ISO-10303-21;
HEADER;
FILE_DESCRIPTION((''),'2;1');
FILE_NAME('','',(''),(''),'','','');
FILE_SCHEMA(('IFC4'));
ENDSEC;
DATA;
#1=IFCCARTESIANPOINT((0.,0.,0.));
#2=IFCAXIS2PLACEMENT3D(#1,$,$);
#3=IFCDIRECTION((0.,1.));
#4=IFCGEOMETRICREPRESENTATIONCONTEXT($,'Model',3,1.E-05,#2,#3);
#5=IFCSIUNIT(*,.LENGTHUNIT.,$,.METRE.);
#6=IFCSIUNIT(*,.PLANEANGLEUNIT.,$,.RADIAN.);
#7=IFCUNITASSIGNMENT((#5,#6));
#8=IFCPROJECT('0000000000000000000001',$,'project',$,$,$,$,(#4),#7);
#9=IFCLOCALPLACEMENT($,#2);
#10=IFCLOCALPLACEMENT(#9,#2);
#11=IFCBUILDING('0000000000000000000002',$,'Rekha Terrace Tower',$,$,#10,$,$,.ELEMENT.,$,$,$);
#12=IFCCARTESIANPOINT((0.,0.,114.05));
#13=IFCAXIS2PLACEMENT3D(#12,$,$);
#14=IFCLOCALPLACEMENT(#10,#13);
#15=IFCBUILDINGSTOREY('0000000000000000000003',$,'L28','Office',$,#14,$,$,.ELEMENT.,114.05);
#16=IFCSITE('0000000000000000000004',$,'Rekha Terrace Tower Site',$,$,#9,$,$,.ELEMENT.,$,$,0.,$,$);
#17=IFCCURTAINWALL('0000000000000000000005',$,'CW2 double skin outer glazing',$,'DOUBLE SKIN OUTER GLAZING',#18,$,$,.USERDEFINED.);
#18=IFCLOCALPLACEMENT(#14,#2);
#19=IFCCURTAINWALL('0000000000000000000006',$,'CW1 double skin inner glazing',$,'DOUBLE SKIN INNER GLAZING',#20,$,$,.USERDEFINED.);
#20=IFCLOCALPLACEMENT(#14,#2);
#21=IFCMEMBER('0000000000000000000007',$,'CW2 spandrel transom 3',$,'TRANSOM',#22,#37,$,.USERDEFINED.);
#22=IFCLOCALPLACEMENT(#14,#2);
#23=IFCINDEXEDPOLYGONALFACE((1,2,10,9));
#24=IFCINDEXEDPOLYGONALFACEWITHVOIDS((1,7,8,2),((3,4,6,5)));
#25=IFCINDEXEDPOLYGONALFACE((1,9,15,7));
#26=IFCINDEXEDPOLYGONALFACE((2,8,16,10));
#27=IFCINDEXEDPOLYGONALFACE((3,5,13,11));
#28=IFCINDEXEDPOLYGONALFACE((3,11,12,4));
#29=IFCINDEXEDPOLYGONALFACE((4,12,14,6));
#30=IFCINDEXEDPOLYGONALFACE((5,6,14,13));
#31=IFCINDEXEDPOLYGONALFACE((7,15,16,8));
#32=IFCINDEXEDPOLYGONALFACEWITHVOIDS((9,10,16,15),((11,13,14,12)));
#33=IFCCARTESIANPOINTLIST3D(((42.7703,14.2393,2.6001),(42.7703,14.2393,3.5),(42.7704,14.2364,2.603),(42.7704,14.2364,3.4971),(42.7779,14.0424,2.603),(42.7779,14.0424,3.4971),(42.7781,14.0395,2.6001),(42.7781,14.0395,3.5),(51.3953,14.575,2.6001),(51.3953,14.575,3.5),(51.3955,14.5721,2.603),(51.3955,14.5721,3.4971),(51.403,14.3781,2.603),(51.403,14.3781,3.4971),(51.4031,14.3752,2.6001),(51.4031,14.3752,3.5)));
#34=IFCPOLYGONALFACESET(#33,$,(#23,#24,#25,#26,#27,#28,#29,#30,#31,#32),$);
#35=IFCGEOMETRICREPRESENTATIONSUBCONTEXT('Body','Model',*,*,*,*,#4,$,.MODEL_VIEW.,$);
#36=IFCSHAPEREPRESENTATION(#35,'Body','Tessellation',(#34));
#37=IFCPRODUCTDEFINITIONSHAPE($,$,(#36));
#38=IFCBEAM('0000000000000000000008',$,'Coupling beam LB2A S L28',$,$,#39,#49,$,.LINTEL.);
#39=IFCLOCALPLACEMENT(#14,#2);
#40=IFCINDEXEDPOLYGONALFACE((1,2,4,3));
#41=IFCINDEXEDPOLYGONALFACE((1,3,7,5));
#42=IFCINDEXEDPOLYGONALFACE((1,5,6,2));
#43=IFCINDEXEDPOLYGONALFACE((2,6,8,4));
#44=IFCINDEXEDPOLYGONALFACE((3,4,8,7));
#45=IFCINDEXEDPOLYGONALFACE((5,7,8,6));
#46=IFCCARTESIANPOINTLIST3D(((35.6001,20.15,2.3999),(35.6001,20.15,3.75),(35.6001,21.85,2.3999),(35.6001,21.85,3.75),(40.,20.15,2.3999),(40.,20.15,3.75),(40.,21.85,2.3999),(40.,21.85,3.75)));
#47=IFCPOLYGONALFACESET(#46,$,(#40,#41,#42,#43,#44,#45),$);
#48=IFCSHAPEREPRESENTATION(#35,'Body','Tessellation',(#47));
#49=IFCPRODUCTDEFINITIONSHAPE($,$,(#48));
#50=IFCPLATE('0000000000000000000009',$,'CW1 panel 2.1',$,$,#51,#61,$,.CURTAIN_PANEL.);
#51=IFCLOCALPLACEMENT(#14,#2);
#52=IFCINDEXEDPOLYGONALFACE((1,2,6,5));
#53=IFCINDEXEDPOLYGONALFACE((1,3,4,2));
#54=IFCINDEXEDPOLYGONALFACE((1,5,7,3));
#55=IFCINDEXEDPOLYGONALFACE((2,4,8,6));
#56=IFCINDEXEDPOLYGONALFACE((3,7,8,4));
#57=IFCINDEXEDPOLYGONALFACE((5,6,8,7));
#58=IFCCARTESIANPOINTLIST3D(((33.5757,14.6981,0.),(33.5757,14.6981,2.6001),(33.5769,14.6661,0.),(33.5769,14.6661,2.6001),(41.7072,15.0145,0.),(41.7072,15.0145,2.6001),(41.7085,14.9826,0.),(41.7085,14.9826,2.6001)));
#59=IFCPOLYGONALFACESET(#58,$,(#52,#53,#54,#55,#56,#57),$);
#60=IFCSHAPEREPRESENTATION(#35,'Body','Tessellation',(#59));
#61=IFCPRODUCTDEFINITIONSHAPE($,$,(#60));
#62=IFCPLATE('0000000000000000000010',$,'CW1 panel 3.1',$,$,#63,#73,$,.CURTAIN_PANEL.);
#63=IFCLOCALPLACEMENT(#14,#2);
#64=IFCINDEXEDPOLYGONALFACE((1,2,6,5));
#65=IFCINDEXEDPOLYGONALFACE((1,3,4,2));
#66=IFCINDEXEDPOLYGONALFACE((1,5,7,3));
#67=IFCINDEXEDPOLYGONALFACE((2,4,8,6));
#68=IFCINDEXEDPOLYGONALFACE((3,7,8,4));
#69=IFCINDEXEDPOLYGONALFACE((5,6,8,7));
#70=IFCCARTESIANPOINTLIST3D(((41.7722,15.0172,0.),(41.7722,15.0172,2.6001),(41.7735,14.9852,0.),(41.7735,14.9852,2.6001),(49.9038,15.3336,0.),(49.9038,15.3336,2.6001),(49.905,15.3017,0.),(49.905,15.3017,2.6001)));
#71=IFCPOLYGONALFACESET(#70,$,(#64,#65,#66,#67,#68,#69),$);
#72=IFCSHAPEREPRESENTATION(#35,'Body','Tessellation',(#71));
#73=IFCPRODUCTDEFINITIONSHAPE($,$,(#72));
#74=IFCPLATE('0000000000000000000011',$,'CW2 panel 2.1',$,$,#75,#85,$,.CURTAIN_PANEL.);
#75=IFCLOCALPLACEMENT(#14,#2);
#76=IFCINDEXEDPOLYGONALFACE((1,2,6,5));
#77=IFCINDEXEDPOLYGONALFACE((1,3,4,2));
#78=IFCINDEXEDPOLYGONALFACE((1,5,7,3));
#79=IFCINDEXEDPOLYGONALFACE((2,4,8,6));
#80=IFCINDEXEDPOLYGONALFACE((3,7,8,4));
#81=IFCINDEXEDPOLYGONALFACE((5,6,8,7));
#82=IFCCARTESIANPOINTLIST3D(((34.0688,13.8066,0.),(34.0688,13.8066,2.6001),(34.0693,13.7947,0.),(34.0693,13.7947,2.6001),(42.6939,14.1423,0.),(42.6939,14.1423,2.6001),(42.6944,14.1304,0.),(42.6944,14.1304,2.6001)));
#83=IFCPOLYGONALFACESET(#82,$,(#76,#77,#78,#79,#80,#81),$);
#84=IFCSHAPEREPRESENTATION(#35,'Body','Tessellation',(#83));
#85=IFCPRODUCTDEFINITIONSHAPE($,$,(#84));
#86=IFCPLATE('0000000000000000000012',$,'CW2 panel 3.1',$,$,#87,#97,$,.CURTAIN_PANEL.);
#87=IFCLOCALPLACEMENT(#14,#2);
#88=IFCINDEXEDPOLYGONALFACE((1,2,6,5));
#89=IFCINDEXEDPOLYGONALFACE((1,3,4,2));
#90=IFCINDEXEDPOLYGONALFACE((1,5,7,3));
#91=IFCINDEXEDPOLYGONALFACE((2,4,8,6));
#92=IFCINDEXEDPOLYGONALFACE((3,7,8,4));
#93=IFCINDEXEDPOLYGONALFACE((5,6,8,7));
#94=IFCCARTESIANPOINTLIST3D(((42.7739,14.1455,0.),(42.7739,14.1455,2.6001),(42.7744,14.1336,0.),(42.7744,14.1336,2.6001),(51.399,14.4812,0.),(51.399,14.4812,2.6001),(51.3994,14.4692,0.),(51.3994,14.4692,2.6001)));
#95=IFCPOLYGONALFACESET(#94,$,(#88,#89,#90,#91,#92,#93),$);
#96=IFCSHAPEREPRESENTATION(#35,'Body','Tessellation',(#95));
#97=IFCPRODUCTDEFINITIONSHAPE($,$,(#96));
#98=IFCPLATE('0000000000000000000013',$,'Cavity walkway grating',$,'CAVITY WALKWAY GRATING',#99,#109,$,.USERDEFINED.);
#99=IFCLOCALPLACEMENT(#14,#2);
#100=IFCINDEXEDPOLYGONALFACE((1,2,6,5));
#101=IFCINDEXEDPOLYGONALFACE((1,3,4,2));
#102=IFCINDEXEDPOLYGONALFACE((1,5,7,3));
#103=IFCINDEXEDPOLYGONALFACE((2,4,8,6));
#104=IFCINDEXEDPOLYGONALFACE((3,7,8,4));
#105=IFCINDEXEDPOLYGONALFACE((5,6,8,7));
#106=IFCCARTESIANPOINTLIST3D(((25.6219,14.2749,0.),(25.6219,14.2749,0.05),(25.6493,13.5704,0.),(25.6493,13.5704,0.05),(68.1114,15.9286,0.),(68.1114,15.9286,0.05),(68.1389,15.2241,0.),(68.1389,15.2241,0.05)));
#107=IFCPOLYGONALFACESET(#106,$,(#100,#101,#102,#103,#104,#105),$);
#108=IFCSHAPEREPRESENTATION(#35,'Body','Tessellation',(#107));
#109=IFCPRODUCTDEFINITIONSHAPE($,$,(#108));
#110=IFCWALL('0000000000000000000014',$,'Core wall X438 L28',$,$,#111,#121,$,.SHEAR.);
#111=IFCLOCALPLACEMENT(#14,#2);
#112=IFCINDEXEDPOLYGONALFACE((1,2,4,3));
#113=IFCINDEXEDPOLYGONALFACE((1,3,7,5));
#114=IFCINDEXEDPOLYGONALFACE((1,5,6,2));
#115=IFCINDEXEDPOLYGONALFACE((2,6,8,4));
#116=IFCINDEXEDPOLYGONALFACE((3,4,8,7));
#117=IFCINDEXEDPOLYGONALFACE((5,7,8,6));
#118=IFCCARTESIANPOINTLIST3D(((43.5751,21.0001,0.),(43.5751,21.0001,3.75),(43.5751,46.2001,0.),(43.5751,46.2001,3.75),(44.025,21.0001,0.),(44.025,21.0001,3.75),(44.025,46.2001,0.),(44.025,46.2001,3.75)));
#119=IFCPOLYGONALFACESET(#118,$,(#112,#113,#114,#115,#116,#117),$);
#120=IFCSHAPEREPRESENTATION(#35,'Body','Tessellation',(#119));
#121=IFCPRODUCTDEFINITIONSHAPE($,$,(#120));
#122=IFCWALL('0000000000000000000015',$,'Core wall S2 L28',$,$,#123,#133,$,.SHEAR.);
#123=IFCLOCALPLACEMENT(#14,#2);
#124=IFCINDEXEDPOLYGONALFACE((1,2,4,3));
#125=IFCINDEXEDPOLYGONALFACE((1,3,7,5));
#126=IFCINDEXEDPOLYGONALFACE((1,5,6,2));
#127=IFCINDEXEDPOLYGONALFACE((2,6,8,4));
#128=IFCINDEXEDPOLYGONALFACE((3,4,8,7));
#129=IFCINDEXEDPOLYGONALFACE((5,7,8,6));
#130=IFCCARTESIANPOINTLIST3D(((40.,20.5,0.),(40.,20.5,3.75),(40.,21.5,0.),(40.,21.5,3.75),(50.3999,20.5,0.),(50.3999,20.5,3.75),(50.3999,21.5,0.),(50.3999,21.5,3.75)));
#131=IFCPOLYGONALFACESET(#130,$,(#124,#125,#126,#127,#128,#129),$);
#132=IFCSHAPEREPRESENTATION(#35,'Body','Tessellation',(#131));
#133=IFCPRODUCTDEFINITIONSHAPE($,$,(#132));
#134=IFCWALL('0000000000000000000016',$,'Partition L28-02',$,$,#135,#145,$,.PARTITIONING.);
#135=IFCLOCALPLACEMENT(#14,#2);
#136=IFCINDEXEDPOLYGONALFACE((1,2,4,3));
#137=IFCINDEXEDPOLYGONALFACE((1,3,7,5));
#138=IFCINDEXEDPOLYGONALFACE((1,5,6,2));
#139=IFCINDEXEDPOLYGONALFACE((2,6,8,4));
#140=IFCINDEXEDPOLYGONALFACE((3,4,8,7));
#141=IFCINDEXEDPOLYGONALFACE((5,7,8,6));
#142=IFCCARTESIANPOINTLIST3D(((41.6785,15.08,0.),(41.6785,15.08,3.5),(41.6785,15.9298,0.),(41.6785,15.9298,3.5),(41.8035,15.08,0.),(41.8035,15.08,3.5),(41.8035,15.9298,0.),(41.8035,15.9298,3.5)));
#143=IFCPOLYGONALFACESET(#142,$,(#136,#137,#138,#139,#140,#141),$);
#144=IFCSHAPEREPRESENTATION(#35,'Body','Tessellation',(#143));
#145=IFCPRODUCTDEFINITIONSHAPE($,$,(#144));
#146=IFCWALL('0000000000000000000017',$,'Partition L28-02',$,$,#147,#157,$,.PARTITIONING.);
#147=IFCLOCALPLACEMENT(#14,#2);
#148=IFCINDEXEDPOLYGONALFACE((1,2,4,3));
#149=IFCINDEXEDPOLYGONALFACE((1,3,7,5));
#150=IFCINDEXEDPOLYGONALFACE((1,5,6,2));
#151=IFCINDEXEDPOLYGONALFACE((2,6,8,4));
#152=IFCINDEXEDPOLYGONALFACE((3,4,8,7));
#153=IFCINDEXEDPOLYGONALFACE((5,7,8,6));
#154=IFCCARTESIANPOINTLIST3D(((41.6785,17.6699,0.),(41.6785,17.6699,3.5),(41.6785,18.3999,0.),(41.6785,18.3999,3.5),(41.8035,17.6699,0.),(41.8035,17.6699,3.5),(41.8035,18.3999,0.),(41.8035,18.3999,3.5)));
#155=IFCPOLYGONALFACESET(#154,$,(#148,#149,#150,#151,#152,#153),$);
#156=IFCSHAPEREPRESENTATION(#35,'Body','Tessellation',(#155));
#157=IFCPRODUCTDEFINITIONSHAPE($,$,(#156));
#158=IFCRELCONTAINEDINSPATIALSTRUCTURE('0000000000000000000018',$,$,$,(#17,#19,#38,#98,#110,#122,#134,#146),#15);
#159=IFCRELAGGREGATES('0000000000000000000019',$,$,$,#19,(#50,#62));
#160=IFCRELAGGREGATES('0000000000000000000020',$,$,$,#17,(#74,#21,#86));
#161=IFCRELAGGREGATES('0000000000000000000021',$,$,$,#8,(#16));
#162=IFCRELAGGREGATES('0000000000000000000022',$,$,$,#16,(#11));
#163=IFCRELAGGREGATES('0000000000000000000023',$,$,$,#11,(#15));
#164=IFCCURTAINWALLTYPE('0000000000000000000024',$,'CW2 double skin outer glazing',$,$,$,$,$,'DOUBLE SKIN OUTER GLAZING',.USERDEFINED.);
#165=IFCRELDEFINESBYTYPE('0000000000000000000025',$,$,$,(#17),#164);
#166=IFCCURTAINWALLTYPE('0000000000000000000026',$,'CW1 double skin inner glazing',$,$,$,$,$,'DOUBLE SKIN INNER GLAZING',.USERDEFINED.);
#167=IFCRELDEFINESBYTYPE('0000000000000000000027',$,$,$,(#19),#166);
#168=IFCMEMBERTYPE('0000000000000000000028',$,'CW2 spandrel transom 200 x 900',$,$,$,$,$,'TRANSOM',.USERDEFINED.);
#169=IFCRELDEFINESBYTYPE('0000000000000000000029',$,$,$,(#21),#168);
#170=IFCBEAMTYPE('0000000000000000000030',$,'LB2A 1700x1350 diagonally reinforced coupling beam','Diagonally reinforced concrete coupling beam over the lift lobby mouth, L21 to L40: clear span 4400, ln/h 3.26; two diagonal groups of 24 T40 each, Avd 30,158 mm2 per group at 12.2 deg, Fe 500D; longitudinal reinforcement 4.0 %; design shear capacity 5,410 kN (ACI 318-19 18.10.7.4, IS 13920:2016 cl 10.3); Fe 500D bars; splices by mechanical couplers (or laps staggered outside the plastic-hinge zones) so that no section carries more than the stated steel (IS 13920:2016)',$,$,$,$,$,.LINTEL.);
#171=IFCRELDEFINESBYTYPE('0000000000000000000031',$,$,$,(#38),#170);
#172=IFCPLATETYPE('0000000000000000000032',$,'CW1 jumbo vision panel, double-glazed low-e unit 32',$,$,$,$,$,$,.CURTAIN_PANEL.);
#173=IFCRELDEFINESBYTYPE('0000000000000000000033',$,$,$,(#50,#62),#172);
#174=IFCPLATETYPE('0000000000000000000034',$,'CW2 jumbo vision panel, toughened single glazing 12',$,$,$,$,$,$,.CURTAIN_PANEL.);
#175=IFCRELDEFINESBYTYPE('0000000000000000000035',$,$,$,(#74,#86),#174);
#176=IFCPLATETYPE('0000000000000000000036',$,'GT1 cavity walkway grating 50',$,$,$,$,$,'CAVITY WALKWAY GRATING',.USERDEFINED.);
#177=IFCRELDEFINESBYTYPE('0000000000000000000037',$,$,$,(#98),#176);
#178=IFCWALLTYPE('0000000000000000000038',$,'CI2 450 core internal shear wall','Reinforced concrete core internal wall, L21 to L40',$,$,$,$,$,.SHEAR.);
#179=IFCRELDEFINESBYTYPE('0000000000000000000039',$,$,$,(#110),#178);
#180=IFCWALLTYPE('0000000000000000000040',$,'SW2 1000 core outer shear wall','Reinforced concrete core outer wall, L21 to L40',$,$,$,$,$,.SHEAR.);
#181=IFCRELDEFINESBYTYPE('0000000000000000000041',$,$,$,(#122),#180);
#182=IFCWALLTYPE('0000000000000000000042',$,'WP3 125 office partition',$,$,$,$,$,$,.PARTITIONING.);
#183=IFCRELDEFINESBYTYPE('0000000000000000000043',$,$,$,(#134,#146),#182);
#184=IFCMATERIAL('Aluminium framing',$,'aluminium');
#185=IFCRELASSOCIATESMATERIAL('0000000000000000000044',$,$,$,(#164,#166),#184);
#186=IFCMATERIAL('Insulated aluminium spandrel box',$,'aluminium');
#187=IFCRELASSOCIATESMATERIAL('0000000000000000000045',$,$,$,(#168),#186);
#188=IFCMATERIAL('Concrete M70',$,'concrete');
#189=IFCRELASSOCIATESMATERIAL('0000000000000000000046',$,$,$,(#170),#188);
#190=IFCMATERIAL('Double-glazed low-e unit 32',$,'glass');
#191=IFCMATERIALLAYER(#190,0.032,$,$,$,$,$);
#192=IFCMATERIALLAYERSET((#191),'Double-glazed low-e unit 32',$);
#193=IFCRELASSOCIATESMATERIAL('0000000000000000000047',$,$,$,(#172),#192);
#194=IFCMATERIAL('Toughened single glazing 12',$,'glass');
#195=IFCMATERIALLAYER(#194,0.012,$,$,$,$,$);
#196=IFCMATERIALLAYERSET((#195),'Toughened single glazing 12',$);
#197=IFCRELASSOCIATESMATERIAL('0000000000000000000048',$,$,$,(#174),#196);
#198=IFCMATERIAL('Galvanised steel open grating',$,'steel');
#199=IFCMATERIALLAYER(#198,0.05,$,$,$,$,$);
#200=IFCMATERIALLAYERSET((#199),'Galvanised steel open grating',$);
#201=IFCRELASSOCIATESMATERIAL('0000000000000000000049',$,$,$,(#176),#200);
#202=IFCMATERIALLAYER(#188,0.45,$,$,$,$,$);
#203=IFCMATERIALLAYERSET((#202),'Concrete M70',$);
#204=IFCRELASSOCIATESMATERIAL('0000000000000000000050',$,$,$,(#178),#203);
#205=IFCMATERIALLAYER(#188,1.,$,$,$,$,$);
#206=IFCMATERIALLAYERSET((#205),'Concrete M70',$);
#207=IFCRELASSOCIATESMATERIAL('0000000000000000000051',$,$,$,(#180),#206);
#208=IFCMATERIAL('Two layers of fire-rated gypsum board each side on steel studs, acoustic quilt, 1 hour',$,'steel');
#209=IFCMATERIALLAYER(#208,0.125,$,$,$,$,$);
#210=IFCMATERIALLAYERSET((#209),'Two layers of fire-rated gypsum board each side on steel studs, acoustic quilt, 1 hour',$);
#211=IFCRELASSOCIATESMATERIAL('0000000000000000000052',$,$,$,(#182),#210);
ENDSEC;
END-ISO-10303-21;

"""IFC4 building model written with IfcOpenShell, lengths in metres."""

from ifc_helpers import new_model, si_unit, direction, frame, frame_2d, origin, origin_2d, place, context, subcontext, project, spatial, rectangle, hollow_rectangle, extrude, material, layer, layer_set, material_profile, profile_set, type_object, element, aggregate, save


model = new_model("IFC4")

# Units and contexts
model_context = context("Model", 3, precision=1e-05, world=origin(), true_north=direction((0.0, 1.0)))
body_context = subcontext(model_context, "Body", "Model", "MODEL_VIEW")
ifc_project = project(units=[si_unit("LENGTHUNIT", "METRE"), si_unit("PLANEANGLEUNIT", "RADIAN")], contexts=[model_context])

# Site, building, storey
site_placement = place(None, origin())
site = spatial("IfcSite", under=ifc_project, at=site_placement, Name="Rekha Terrace Tower Site", CompositionType="ELEMENT", RefElevation=0.0)
building_placement = place(site_placement, origin())
building = spatial("IfcBuilding", under=site, at=building_placement, Name="Rekha Terrace Tower", CompositionType="ELEMENT")
storey_placement = place(building_placement, frame((0.0, 0.0, 114.05)))
storey = spatial("IfcBuildingStorey", under=building, at=storey_placement, Name="L28", Description="Office", CompositionType="ELEMENT", Elevation=114.05)

# Shared definitions
ifc_material_1 = material(Name="Concrete M70", Category="concrete")

# Curtain walls
ifc_material_2 = material(Name="Aluminium framing", Category="aluminium")
curtain_wall_type_1 = type_object("IfcCurtainWallType", Name="CW2 double skin outer glazing", ElementType="DOUBLE SKIN OUTER GLAZING", PredefinedType="USERDEFINED", material=ifc_material_2)
curtain_wall_1_placement = place(storey_placement, origin())
curtain_wall_1 = element("IfcCurtainWall", 1, at=curtain_wall_1_placement, inside=storey, type_object=curtain_wall_type_1, Name="CW2 double skin outer glazing", ObjectType="DOUBLE SKIN OUTER GLAZING", PredefinedType="USERDEFINED")
curtain_wall_type_2 = type_object("IfcCurtainWallType", Name="CW1 double skin inner glazing", ElementType="DOUBLE SKIN INNER GLAZING", PredefinedType="USERDEFINED", material=ifc_material_2)
curtain_wall_2_placement = place(storey_placement, origin())
curtain_wall_2 = element("IfcCurtainWall", 2, at=curtain_wall_2_placement, inside=storey, type_object=curtain_wall_type_2, Name="CW1 double skin inner glazing", ObjectType="DOUBLE SKIN INNER GLAZING", PredefinedType="USERDEFINED")
ifc_material_3 = material(Name="Insulated aluminium spandrel box", Category="aluminium")

# Member
ifc_material_profile_1 = material_profile(ifc_material_3, hollow_rectangle(XDim=0.2, YDim=0.8999, WallThickness=0.0029, at=origin_2d()), Name="AL SPANDREL BOX 200x900")
ifc_profile_set_1 = profile_set([ifc_material_profile_1], Name="Insulated aluminium spandrel box")
member_type_1 = type_object("IfcMemberType", Name="CW2 spandrel transom 200 x 900", ElementType="TRANSOM", PredefinedType="USERDEFINED", material=ifc_profile_set_1)
member_1_placement = place(storey_placement, frame((42.7742, 14.1394, 3.05), z_axis=(0.999243, 0.038892, 0.0), x_axis=(-0.038892, 0.999243, 0.0)))
member_1 = element("IfcMember", 3, at=member_1_placement, type_object=member_type_1, Name="CW2 spandrel transom 3", ObjectType="TRANSOM", PredefinedType="USERDEFINED", context=body_context, shape_type="SweptSolid", body=[
    extrude(hollow_rectangle(XDim=0.2, YDim=0.8999, WallThickness=0.0029, at=origin_2d()), origin(), (0.0, 0.0, 1.0), 8.6316),
])

# Beam
ifc_material_profile_2 = material_profile(ifc_material_1, rectangle(XDim=1.7, YDim=1.3501, at=origin_2d()), Name="RC 1700x1350")
ifc_profile_set_2 = profile_set([ifc_material_profile_2], Name="Concrete M70")
beam_type = type_object("IfcBeamType", Name="LB2A 1700x1350 diagonally reinforced coupling beam", Description="Diagonally reinforced concrete coupling beam over the lift lobby mouth, L21 to L40: clear span 4400, ln/h 3.26; two diagonal groups of 24 T40 each, Avd 30,158 mm2 per group at 12.2 deg, Fe 500D; longitudinal reinforcement 4.0 %; design shear capacity 5,410 kN (ACI 318-19 18.10.7.4, IS 13920:2016 cl 10.3); Fe 500D bars; splices by mechanical couplers (or laps staggered outside the plastic-hinge zones) so that no section carries more than the stated steel (IS 13920:2016)", PredefinedType="LINTEL", material=ifc_profile_set_2)
beam_placement = place(storey_placement, frame((35.6001, 21.0, 3.075), z_axis=(1.0, 0.0, 0.0), x_axis=(0.0, 1.0, 0.0)))
element("IfcBeam", 4, at=beam_placement, inside=storey, type_object=beam_type, Name="Coupling beam LB2A S L28", PredefinedType="LINTEL", context=body_context, shape_type="SweptSolid", body=[
    extrude(rectangle(XDim=1.7, YDim=1.3501, at=origin_2d()), origin(), (0.0, 0.0, 1.0), 4.3999),
])

# Plates
ifc_material_4 = material(Name="Double-glazed low-e unit 32", Category="glass")
ifc_layer_1 = layer(ifc_material_4, 0.032)
ifc_layer_set_1 = layer_set([ifc_layer_1], Name="Double-glazed low-e unit 32")
plate_type_1 = type_object("IfcPlateType", Name="CW1 jumbo vision panel, double-glazed low-e unit 32", PredefinedType="CURTAIN_PANEL", material=ifc_layer_set_1)
plate_1_placement = place(storey_placement, frame((37.6421, 14.8403, 0.0), z_axis=(0.0, 0.0, 1.0), x_axis=(0.999243, 0.03889, 0.0)))
plate_1 = element("IfcPlate", 5, at=plate_1_placement, type_object=plate_type_1, Name="CW1 panel 2.1", PredefinedType="CURTAIN_PANEL", context=body_context, shape_type="SweptSolid", body=[
    extrude(rectangle(XDim=8.1377, YDim=0.032, at=origin_2d()), origin(), (0.0, 0.0, 1.0), 2.6001),
])
plate_2_placement = place(storey_placement, frame((45.8386, 15.1594, 0.0), z_axis=(0.0, 0.0, 1.0), x_axis=(0.999243, 0.03889, 0.0)))
plate_2 = element("IfcPlate", 6, at=plate_2_placement, type_object=plate_type_1, Name="CW1 panel 3.1", PredefinedType="CURTAIN_PANEL", context=body_context, shape_type="SweptSolid", body=[
    extrude(rectangle(XDim=8.1377, YDim=0.032, at=origin_2d()), origin(), (0.0, 0.0, 1.0), 2.6001),
])
aggregate(curtain_wall_2, [plate_1, plate_2])
ifc_material_5 = material(Name="Toughened single glazing 12", Category="glass")
ifc_layer_2 = layer(ifc_material_5, 0.012)
ifc_layer_set_2 = layer_set([ifc_layer_2], Name="Toughened single glazing 12")
plate_type_2 = type_object("IfcPlateType", Name="CW2 jumbo vision panel, toughened single glazing 12", PredefinedType="CURTAIN_PANEL", material=ifc_layer_set_2)
plate_3_placement = place(storey_placement, frame((38.3816, 13.9685, 0.0), z_axis=(0.0, 0.0, 1.0), x_axis=(0.999243, 0.03889, 0.0)))
plate_3 = element("IfcPlate", 7, at=plate_3_placement, type_object=plate_type_2, Name="CW2 panel 2.1", PredefinedType="CURTAIN_PANEL", context=body_context, shape_type="SweptSolid", body=[
    extrude(rectangle(XDim=8.6316, YDim=0.012, at=origin_2d()), origin(), (0.0, 0.0, 1.0), 2.6001),
])
plate_4_placement = place(storey_placement, frame((47.0867, 14.3074, 0.0), z_axis=(0.0, 0.0, 1.0), x_axis=(0.999243, 0.03889, 0.0)))
plate_4 = element("IfcPlate", 8, at=plate_4_placement, type_object=plate_type_2, Name="CW2 panel 3.1", PredefinedType="CURTAIN_PANEL", context=body_context, shape_type="SweptSolid", body=[
    extrude(rectangle(XDim=8.6316, YDim=0.012, at=origin_2d()), origin(), (0.0, 0.0, 1.0), 2.6001),
])
aggregate(curtain_wall_1, [plate_3, member_1, plate_4])
ifc_material_6 = material(Name="Galvanised steel open grating", Category="steel")
ifc_layer_3 = layer(ifc_material_6, 0.05)
ifc_layer_set_3 = layer_set([ifc_layer_3], Name="Galvanised steel open grating")
plate_type_3 = type_object("IfcPlateType", Name="GT1 cavity walkway grating 50", ElementType="CAVITY WALKWAY GRATING", PredefinedType="USERDEFINED", material=ifc_layer_set_3)
plate_5_placement = place(storey_placement, frame((46.8804, 14.7495, 0.0), z_axis=(0.0, 0.0, 1.0), x_axis=(0.999243, 0.03889, 0.0)))
element("IfcPlate", 9, at=plate_5_placement, inside=storey, type_object=plate_type_3, Name="Cavity walkway grating", ObjectType="CAVITY WALKWAY GRATING", PredefinedType="USERDEFINED", context=body_context, shape_type="SweptSolid", body=[
    extrude(rectangle(XDim=42.5217, YDim=0.7051, at=origin_2d()), origin(), (0.0, 0.0, 1.0), 0.05),
])

# Walls
ifc_layer_4 = layer(ifc_material_1, 0.45)
ifc_layer_set_4 = layer_set([ifc_layer_4], Name="Concrete M70")
wall_type_1 = type_object("IfcWallType", Name="CI2 450 core internal shear wall", Description="Reinforced concrete core internal wall, L21 to L40", PredefinedType="SHEAR", material=ifc_layer_set_4)
wall_1_placement = place(storey_placement, frame((43.8, 21.0, 0.0), z_axis=(0.0, 0.0, 1.0), x_axis=(0.0, 1.0, 0.0)))
element("IfcWall", 10, at=wall_1_placement, inside=storey, type_object=wall_type_1, Name="Core wall X438 L28", PredefinedType="SHEAR", context=body_context, shape_type="SweptSolid", body=[
    extrude(rectangle(XDim=25.2, YDim=0.45, at=frame_2d((12.6001, 0.0))), origin(), (0.0, 0.0, 1.0), 3.75),
])
ifc_layer_5 = layer(ifc_material_1, 1.0)
ifc_layer_set_5 = layer_set([ifc_layer_5], Name="Concrete M70")
wall_type_2 = type_object("IfcWallType", Name="SW2 1000 core outer shear wall", Description="Reinforced concrete core outer wall, L21 to L40", PredefinedType="SHEAR", material=ifc_layer_set_5)
wall_2_placement = place(storey_placement, frame((40.0, 21.0, 0.0), z_axis=(0.0, 0.0, 1.0), x_axis=(1.0, 0.0, 0.0)))
element("IfcWall", 11, at=wall_2_placement, inside=storey, type_object=wall_type_2, Name="Core wall S2 L28", PredefinedType="SHEAR", context=body_context, shape_type="SweptSolid", body=[
    extrude(rectangle(XDim=10.3999, YDim=1.0, at=frame_2d((5.2, 0.0))), origin(), (0.0, 0.0, 1.0), 3.75),
])
ifc_material_7 = material(Name="Two layers of fire-rated gypsum board each side on steel studs, acoustic quilt, 1 hour", Category="steel")
ifc_layer_6 = layer(ifc_material_7, 0.125)
ifc_layer_set_6 = layer_set([ifc_layer_6], Name="Two layers of fire-rated gypsum board each side on steel studs, acoustic quilt, 1 hour")
wall_type_3 = type_object("IfcWallType", Name="WP3 125 office partition", PredefinedType="PARTITIONING", material=ifc_layer_set_6)
wall_3_placement = place(storey_placement, frame((41.741, 15.0801, 0.0), z_axis=(0.0, 0.0, 1.0), x_axis=(0.0, 1.0, 0.0)))
element("IfcWall", 12, at=wall_3_placement, inside=storey, type_object=wall_type_3, Name="Partition L28-02", PredefinedType="PARTITIONING", context=body_context, shape_type="SweptSolid", body=[
    extrude(rectangle(XDim=0.8499, YDim=0.125, at=frame_2d((0.4248, 0.0))), origin(), (0.0, 0.0, 1.0), 3.5),
])
wall_4_placement = place(storey_placement, frame((41.741, 17.6699, 0.0), z_axis=(0.0, 0.0, 1.0), x_axis=(0.0, 1.0, 0.0)))
element("IfcWall", 13, at=wall_4_placement, inside=storey, type_object=wall_type_3, Name="Partition L28-02", PredefinedType="PARTITIONING", context=body_context, shape_type="SweptSolid", body=[
    extrude(rectangle(XDim=0.73, YDim=0.125, at=frame_2d((0.365, 0.0))), origin(), (0.0, 0.0, 1.0), 3.5),
])

save(model, "model.ifc")
